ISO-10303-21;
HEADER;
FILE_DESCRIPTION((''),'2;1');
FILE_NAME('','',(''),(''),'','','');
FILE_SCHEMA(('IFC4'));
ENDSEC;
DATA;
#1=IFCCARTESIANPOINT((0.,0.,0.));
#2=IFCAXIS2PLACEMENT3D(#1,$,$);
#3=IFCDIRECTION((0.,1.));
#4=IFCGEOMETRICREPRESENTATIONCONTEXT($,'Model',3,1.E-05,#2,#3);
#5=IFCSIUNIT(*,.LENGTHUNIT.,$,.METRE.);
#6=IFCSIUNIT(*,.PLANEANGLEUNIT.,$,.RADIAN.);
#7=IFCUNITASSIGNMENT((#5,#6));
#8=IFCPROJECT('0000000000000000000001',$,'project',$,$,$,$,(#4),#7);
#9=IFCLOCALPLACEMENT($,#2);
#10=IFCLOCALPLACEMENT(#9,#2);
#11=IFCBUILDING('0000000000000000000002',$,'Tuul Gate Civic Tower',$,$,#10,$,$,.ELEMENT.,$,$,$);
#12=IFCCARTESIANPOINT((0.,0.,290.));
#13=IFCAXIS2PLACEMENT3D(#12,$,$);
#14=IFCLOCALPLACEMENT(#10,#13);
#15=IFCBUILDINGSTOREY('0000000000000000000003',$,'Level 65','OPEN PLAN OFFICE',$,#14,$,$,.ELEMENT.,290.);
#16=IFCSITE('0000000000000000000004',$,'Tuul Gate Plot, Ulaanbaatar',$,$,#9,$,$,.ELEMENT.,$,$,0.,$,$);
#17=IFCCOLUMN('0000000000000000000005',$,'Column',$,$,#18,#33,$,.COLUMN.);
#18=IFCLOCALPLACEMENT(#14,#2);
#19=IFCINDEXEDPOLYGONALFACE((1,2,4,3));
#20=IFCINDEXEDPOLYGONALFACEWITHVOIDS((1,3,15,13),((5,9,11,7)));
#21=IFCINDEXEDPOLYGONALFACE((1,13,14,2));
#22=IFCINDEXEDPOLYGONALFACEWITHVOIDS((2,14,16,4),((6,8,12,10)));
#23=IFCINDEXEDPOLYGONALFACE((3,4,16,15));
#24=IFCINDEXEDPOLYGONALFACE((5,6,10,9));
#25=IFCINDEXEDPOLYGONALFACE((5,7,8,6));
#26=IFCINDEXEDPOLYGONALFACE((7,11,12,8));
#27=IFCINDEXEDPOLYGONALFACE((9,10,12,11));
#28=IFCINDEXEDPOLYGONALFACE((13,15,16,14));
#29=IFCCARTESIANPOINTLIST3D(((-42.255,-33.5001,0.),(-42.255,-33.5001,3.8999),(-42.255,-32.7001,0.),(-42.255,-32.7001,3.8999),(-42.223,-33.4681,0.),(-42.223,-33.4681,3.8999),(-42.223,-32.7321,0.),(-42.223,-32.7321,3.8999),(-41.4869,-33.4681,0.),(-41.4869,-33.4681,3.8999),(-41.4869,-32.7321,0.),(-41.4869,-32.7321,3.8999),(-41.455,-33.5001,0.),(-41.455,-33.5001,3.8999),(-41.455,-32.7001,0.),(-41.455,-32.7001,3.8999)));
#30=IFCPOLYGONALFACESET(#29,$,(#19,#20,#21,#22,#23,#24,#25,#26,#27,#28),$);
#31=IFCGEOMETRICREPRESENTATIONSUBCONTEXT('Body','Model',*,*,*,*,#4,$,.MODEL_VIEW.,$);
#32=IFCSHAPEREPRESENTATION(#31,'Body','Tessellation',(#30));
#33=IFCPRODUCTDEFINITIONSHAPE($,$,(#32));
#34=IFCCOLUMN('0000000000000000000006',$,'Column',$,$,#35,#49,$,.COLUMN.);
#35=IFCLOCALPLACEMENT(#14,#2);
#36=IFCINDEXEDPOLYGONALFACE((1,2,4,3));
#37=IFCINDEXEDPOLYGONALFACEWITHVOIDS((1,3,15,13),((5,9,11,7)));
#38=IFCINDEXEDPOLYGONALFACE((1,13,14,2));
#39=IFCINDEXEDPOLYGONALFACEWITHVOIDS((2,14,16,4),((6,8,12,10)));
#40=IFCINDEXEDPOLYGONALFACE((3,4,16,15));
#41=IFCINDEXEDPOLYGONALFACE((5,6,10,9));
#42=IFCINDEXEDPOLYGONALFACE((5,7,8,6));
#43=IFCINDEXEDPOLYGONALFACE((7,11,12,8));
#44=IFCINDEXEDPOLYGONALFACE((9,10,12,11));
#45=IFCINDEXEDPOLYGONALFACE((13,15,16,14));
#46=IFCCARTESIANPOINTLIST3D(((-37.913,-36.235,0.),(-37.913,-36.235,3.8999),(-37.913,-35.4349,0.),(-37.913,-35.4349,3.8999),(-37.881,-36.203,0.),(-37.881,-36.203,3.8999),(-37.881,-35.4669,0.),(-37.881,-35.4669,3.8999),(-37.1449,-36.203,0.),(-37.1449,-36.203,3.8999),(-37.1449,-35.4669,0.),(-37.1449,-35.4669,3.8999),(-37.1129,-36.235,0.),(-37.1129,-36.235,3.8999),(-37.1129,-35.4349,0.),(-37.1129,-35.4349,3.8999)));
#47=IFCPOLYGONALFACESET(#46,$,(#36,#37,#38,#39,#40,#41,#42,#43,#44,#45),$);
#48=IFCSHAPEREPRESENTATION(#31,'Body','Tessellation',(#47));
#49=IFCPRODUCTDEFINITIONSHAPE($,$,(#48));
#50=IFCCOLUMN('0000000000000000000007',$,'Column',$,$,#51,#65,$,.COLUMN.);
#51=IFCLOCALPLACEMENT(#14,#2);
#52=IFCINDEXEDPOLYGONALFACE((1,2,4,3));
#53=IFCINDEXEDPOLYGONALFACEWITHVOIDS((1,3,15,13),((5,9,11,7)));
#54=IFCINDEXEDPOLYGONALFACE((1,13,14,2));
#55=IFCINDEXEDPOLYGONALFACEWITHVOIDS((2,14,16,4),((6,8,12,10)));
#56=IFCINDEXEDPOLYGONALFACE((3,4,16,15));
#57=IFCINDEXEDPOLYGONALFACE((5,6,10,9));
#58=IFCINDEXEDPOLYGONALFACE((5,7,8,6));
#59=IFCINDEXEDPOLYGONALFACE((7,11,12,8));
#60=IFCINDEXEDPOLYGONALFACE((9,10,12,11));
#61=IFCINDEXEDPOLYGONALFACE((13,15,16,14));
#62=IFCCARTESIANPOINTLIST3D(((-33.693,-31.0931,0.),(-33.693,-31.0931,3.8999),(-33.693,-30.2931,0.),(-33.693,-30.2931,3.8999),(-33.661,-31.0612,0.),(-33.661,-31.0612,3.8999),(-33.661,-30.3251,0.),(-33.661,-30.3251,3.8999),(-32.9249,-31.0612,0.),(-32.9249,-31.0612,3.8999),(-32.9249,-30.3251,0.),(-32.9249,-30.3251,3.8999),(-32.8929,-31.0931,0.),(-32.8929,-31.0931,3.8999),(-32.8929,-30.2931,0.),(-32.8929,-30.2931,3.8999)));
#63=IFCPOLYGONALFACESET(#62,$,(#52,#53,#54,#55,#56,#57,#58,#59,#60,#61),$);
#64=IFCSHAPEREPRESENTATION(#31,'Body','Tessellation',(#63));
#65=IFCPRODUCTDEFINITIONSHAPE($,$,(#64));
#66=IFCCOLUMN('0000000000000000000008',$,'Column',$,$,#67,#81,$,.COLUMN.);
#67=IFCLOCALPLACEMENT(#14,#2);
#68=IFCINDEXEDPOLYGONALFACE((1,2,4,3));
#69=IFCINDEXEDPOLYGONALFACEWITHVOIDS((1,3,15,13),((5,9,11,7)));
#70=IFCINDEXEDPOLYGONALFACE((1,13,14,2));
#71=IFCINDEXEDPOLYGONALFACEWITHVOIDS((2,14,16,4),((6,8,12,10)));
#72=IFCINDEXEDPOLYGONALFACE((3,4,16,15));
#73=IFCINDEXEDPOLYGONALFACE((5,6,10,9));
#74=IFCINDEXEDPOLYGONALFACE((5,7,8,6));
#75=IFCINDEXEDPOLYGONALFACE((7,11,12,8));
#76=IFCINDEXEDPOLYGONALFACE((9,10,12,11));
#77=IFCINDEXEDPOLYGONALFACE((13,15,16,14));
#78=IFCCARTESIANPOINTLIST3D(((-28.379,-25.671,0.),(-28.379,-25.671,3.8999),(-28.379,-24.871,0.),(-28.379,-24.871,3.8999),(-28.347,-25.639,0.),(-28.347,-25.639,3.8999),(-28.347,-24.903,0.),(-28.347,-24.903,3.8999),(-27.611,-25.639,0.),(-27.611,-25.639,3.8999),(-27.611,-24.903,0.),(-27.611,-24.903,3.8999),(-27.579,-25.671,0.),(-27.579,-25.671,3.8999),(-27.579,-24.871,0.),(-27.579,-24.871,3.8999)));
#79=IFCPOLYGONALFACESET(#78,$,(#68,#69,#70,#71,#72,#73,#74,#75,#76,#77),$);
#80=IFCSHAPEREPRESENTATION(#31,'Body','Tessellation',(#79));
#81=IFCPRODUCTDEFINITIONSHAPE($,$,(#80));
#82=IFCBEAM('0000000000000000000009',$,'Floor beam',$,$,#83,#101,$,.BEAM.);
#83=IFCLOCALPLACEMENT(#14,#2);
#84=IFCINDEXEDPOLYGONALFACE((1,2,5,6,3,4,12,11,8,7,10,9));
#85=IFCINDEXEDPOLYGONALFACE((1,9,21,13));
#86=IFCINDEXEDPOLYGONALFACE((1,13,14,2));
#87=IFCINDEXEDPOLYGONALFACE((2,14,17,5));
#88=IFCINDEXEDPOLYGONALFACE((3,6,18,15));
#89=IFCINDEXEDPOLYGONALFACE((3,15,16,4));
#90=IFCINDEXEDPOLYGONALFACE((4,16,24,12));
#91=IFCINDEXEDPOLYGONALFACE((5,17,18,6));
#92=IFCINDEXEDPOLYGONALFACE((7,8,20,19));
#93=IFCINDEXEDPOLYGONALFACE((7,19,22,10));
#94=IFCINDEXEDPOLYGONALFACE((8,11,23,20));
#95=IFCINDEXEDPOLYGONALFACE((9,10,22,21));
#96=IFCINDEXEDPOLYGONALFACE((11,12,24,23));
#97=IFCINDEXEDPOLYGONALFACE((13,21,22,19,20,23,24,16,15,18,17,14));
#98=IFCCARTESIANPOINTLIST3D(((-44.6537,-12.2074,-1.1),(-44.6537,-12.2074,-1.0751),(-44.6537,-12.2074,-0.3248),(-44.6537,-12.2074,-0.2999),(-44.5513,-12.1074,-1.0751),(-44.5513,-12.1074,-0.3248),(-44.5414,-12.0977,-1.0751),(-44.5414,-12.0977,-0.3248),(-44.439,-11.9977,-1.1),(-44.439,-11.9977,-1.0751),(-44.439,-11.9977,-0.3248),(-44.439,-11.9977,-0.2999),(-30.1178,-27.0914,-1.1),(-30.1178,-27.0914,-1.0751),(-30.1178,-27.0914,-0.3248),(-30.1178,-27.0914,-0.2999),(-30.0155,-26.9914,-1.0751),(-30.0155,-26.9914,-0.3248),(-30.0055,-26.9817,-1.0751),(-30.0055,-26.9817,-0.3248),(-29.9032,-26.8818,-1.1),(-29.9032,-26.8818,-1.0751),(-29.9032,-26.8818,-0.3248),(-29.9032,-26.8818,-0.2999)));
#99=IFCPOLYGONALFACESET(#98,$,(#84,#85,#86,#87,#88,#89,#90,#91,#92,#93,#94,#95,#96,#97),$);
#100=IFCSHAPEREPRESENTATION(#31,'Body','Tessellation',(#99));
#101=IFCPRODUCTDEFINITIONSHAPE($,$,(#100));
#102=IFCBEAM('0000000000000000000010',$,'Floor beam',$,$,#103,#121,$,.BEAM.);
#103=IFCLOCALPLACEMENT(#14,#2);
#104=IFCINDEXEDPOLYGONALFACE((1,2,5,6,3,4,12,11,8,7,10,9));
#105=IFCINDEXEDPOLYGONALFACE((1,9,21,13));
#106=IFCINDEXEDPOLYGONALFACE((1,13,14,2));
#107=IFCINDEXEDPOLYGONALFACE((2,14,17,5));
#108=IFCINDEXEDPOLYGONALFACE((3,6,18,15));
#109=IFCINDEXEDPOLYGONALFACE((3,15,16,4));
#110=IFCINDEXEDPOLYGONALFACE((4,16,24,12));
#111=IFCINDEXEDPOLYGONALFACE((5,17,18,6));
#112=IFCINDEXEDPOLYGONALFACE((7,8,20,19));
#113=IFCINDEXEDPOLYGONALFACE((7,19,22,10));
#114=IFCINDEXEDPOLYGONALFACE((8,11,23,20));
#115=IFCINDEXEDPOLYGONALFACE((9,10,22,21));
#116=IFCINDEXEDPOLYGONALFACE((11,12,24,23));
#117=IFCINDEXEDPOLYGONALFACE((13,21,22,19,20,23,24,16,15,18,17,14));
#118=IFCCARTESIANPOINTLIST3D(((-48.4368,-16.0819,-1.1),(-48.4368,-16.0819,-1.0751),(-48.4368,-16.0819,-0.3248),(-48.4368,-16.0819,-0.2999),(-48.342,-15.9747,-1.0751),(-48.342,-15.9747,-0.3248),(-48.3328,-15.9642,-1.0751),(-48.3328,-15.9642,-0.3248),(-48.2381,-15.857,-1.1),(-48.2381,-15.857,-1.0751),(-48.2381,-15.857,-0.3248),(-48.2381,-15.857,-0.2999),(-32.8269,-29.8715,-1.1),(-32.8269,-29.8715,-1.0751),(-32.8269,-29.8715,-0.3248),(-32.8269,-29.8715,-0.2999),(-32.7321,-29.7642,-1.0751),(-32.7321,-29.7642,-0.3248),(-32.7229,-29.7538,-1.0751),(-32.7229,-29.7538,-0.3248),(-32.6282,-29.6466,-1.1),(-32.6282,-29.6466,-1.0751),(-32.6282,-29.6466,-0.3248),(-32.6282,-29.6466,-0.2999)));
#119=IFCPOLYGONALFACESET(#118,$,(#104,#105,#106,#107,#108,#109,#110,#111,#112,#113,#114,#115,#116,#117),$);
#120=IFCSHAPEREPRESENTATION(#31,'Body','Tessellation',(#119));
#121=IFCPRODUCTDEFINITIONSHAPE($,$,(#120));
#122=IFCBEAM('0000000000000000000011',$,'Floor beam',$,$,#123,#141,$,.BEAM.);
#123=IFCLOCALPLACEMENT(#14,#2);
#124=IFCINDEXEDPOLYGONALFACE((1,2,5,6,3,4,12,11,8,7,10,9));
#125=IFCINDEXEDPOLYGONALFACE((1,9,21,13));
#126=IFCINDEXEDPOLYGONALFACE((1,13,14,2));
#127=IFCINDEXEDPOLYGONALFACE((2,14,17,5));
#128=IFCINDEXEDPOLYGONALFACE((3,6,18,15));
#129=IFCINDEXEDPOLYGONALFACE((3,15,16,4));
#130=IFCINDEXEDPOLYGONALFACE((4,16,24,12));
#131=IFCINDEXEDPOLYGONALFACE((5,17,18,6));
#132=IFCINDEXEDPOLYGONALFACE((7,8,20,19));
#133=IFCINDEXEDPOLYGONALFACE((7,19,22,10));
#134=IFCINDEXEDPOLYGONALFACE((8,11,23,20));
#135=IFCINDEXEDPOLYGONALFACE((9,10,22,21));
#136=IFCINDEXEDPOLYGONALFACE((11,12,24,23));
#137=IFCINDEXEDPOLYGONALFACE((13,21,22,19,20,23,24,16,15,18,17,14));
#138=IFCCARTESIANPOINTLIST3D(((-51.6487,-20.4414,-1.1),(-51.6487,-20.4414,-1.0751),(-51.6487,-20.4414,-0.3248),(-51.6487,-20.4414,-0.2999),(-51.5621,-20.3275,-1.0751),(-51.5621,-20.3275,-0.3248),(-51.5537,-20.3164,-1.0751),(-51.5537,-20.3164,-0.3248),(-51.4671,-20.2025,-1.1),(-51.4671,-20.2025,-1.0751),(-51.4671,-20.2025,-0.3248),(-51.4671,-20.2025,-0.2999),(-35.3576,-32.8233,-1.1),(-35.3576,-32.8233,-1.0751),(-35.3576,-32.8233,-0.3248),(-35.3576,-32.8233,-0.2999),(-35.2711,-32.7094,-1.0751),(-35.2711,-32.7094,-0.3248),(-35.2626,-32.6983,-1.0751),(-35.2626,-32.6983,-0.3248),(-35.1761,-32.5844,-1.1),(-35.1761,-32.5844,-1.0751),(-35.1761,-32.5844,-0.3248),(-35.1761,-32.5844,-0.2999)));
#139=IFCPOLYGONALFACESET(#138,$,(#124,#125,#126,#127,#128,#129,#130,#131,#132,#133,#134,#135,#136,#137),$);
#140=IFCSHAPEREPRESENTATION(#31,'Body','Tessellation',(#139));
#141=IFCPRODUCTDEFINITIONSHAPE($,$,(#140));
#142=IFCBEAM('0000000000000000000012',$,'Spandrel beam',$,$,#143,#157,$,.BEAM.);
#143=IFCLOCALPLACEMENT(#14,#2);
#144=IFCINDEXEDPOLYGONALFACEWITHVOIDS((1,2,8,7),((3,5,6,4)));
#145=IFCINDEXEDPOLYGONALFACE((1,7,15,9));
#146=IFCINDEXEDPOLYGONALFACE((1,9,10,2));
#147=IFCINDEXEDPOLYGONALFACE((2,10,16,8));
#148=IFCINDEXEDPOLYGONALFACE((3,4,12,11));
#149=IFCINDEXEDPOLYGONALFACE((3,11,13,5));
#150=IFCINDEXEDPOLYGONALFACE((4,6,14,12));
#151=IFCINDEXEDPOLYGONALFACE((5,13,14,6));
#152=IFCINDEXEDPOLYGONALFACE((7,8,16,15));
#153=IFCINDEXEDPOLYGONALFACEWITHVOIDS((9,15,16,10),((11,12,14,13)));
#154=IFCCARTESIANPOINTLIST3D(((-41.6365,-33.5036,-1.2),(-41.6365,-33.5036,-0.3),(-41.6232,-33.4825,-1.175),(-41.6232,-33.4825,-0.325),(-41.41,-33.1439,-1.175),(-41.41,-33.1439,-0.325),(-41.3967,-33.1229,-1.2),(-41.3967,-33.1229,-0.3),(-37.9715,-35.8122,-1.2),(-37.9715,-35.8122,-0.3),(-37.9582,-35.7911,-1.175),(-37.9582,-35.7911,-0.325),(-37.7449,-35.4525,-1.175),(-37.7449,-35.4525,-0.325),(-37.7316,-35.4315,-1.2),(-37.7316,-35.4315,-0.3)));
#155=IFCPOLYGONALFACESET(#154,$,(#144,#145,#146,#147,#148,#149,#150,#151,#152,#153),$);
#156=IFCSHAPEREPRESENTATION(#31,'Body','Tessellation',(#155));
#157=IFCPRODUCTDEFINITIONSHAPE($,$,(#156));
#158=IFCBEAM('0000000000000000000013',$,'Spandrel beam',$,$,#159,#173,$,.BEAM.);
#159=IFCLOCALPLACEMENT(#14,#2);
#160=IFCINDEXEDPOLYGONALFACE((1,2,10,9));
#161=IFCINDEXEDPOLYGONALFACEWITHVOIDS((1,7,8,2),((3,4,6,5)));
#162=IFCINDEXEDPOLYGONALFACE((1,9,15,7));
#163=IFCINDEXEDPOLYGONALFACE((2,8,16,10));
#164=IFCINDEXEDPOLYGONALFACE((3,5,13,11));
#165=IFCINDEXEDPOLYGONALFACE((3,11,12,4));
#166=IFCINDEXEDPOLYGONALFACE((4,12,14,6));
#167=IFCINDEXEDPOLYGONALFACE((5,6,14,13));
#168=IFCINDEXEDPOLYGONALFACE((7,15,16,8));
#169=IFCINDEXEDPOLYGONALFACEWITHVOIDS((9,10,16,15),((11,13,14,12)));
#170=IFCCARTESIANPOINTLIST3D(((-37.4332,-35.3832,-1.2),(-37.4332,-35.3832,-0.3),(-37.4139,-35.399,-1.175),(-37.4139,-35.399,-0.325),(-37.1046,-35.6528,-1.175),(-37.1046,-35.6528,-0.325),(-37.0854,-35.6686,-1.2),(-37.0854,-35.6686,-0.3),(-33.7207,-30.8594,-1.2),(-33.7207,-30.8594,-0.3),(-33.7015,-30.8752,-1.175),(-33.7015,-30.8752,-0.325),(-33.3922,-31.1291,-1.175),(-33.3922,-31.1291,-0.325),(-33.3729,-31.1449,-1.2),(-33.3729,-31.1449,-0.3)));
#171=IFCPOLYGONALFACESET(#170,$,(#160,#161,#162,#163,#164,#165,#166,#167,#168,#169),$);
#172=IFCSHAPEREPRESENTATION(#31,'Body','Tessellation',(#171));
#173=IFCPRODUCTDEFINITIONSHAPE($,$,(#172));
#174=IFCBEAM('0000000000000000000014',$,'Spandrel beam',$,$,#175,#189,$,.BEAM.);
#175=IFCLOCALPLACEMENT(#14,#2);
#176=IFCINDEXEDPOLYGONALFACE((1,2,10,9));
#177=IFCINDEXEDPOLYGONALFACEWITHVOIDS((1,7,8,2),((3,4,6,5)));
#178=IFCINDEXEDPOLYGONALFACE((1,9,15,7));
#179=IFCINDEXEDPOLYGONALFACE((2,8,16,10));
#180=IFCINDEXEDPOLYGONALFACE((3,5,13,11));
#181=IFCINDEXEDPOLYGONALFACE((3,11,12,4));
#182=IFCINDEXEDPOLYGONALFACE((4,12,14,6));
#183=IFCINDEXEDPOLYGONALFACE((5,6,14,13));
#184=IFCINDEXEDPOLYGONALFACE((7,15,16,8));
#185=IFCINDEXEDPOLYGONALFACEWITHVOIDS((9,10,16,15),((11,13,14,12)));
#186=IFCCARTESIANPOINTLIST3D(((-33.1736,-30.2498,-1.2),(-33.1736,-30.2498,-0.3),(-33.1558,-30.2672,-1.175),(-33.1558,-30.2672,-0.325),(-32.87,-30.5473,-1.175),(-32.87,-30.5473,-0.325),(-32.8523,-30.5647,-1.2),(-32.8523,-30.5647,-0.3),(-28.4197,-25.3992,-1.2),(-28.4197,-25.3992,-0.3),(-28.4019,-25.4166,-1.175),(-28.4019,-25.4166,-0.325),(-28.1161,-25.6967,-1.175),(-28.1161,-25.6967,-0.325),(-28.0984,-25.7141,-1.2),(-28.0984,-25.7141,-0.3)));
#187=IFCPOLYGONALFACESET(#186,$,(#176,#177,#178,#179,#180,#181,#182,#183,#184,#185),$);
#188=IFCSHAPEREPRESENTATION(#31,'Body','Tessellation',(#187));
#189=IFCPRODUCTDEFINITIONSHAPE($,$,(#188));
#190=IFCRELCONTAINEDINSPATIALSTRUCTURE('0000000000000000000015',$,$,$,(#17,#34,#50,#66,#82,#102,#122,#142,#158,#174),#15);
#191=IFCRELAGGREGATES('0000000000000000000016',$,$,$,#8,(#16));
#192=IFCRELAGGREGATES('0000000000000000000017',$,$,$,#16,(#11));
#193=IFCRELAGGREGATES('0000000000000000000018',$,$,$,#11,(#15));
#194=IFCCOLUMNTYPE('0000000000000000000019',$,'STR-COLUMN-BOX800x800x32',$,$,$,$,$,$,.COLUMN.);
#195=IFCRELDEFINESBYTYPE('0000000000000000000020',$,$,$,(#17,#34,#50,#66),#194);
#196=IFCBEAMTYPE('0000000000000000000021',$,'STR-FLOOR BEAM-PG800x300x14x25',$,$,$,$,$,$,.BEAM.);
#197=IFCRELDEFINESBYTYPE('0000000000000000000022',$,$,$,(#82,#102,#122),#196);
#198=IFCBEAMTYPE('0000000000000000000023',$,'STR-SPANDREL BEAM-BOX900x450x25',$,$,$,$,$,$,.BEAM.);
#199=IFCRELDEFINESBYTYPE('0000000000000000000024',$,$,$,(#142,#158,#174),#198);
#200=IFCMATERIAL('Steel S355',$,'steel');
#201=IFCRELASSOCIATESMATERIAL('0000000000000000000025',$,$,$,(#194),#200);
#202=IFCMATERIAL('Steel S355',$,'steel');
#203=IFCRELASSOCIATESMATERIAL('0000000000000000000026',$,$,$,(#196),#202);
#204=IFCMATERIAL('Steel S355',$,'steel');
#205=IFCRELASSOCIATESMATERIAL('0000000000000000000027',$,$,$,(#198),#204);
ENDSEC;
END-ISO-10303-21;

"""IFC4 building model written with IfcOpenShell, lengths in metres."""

from ifc_helpers import new_model, si_unit, direction, frame, origin, origin_2d, place, context, subcontext, project, spatial, hollow_rectangle, i_section, extrude, material, material_profile, profile_set, type_object, element, save


model = new_model("IFC4")

# Units and contexts
model_context = context("Model", 3, precision=1e-05, world=origin(), true_north=direction((0.0, 1.0)))
body_context = subcontext(model_context, "Body", "Model", "MODEL_VIEW")
ifc_project = project(units=[si_unit("LENGTHUNIT", "METRE"), si_unit("PLANEANGLEUNIT", "RADIAN")], contexts=[model_context])

# Site, building, storey
site_placement = place(None, origin())
site = spatial("IfcSite", under=ifc_project, at=site_placement, Name="Tuul Gate Plot, Ulaanbaatar", CompositionType="ELEMENT", RefElevation=0.0)
building_placement = place(site_placement, origin())
building = spatial("IfcBuilding", under=site, at=building_placement, Name="Tuul Gate Civic Tower", CompositionType="ELEMENT")
storey_placement = place(building_placement, frame((0.0, 0.0, 290.0)))
storey = spatial("IfcBuildingStorey", under=building, at=storey_placement, Name="Level 65", Description="OPEN PLAN OFFICE", CompositionType="ELEMENT", Elevation=290.0)

# Columns
ifc_material_1 = material(Name="Steel S355", Category="steel")
ifc_material_profile_1 = material_profile(ifc_material_1, hollow_rectangle(XDim=0.8, YDim=0.8, WallThickness=0.032, at=origin_2d()), Name="BOX800x800x32")
ifc_profile_set_1 = profile_set([ifc_material_profile_1], Name="Steel S355")
column_type = type_object("IfcColumnType", Name="STR-COLUMN-BOX800x800x32", PredefinedType="COLUMN", material=ifc_profile_set_1)
for number, where, z_axis, x_axis, name in (
    (1, (-41.855, -33.1001, 0.0), (0.0, 0.0, 1.0), (1.0, 0.0, 0.0), "Column"),
    (2, (-37.5129, -35.835, 0.0), (0.0, 0.0, 1.0), (1.0, 0.0, 0.0), "Column"),
    (3, (-33.293, -30.6931, 0.0), (0.0, 0.0, 1.0), (1.0, 0.0, 0.0), "Column"),
    (4, (-27.979, -25.271, 0.0), (0.0, 0.0, 1.0), (1.0, 0.0, 0.0), "Column"),
):
    element("IfcColumn", number, at=place(storey_placement, frame(where, z_axis=z_axis, x_axis=x_axis)), inside=storey, type_object=column_type, Name=name, PredefinedType="COLUMN", context=body_context, shape_type="SweptSolid", body=[
        extrude(hollow_rectangle(XDim=0.8, YDim=0.8, WallThickness=0.032, at=origin_2d()), origin(), (0.0, 0.0, 1.0), 3.8999),
    ])

# Beams
ifc_material_2 = material(Name="Steel S355", Category="steel")
ifc_material_profile_2 = material_profile(ifc_material_2, i_section(OverallWidth=0.3, OverallDepth=0.8, WebThickness=0.0139, FlangeThickness=0.0249, at=origin_2d()), Name="PG800x300x14x25")
ifc_profile_set_2 = profile_set([ifc_material_profile_2], Name="Steel S355")
beam_type_1 = type_object("IfcBeamType", Name="STR-FLOOR BEAM-PG800x300x14x25", PredefinedType="BEAM", material=ifc_profile_set_2)
beam_1_placement = place(storey_placement, frame((-30.0105, -26.9866, -0.7), z_axis=(-0.69869, 0.715424, 0.0), x_axis=(-0.715424, -0.69869, 0.0)))
element("IfcBeam", 5, at=beam_1_placement, inside=storey, type_object=beam_type_1, Name="Floor beam", PredefinedType="BEAM", context=body_context, shape_type="SweptSolid", body=[
    extrude(i_section(OverallWidth=0.3, OverallDepth=0.8, WebThickness=0.0139, FlangeThickness=0.0249, at=origin_2d()), origin(), (0.0, 0.0, 1.0), 20.8044),
])
beam_2_placement = place(storey_placement, frame((-32.7275, -29.759, -0.7), z_axis=(-0.749453, 0.662057, 0.0), x_axis=(-0.662057, -0.749453, 0.0)))
element("IfcBeam", 6, at=beam_2_placement, inside=storey, type_object=beam_type_1, Name="Floor beam", PredefinedType="BEAM", context=body_context, shape_type="SweptSolid", body=[
    extrude(i_section(OverallWidth=0.3, OverallDepth=0.8, WebThickness=0.0139, FlangeThickness=0.0249, at=origin_2d()), origin(), (0.0, 0.0, 1.0), 20.8284),
])
beam_3_placement = place(storey_placement, frame((-35.2668, -32.7039, -0.7), z_axis=(-0.796147, 0.605104, 0.0), x_axis=(-0.605104, -0.796147, 0.0)))
element("IfcBeam", 7, at=beam_3_placement, inside=storey, type_object=beam_type_1, Name="Floor beam", PredefinedType="BEAM", context=body_context, shape_type="SweptSolid", body=[
    extrude(i_section(OverallWidth=0.3, OverallDepth=0.8, WebThickness=0.0139, FlangeThickness=0.0249, at=origin_2d()), origin(), (0.0, 0.0, 1.0), 20.4624),
])
ifc_material_3 = material(Name="Steel S355", Category="steel")
ifc_material_profile_3 = material_profile(ifc_material_3, hollow_rectangle(XDim=0.45, YDim=0.8999, WallThickness=0.0249, at=origin_2d()), Name="BOX900x450x25")
ifc_profile_set_3 = profile_set([ifc_material_profile_3], Name="Steel S355")
beam_type_2 = type_object("IfcBeamType", Name="STR-SPANDREL BEAM-BOX900x450x25", PredefinedType="BEAM", material=ifc_profile_set_3)
beam_4_placement = place(storey_placement, frame((-41.5166, -33.3132, -0.75), z_axis=(0.846131, -0.532975, 0.0), x_axis=(0.532975, 0.846131, 0.0)))
element("IfcBeam", 8, at=beam_4_placement, inside=storey, type_object=beam_type_2, Name="Spandrel beam", PredefinedType="BEAM", context=body_context, shape_type="SweptSolid", body=[
    extrude(hollow_rectangle(XDim=0.45, YDim=0.8999, WallThickness=0.0249, at=origin_2d()), origin(), (0.0, 0.0, 1.0), 4.3315),
])
beam_5_placement = place(storey_placement, frame((-37.2593, -35.5259, -0.75), z_axis=(0.634384, 0.773018, 0.0), x_axis=(-0.773018, 0.634384, 0.0)))
element("IfcBeam", 9, at=beam_5_placement, inside=storey, type_object=beam_type_2, Name="Spandrel beam", PredefinedType="BEAM", context=body_context, shape_type="SweptSolid", body=[
    extrude(hollow_rectangle(XDim=0.45, YDim=0.8999, WallThickness=0.0249, at=origin_2d()), origin(), (0.0, 0.0, 1.0), 5.8521),
])
beam_6_placement = place(storey_placement, frame((-33.0129, -30.4072, -0.75), z_axis=(0.699954, 0.714188, 0.0), x_axis=(-0.714188, 0.699954, 0.0)))
element("IfcBeam", 10, at=beam_6_placement, inside=storey, type_object=beam_type_2, Name="Spandrel beam", PredefinedType="BEAM", context=body_context, shape_type="SweptSolid", body=[
    extrude(hollow_rectangle(XDim=0.45, YDim=0.8999, WallThickness=0.0249, at=origin_2d()), origin(), (0.0, 0.0, 1.0), 6.7917),
])

save(model, "model.ifc")
